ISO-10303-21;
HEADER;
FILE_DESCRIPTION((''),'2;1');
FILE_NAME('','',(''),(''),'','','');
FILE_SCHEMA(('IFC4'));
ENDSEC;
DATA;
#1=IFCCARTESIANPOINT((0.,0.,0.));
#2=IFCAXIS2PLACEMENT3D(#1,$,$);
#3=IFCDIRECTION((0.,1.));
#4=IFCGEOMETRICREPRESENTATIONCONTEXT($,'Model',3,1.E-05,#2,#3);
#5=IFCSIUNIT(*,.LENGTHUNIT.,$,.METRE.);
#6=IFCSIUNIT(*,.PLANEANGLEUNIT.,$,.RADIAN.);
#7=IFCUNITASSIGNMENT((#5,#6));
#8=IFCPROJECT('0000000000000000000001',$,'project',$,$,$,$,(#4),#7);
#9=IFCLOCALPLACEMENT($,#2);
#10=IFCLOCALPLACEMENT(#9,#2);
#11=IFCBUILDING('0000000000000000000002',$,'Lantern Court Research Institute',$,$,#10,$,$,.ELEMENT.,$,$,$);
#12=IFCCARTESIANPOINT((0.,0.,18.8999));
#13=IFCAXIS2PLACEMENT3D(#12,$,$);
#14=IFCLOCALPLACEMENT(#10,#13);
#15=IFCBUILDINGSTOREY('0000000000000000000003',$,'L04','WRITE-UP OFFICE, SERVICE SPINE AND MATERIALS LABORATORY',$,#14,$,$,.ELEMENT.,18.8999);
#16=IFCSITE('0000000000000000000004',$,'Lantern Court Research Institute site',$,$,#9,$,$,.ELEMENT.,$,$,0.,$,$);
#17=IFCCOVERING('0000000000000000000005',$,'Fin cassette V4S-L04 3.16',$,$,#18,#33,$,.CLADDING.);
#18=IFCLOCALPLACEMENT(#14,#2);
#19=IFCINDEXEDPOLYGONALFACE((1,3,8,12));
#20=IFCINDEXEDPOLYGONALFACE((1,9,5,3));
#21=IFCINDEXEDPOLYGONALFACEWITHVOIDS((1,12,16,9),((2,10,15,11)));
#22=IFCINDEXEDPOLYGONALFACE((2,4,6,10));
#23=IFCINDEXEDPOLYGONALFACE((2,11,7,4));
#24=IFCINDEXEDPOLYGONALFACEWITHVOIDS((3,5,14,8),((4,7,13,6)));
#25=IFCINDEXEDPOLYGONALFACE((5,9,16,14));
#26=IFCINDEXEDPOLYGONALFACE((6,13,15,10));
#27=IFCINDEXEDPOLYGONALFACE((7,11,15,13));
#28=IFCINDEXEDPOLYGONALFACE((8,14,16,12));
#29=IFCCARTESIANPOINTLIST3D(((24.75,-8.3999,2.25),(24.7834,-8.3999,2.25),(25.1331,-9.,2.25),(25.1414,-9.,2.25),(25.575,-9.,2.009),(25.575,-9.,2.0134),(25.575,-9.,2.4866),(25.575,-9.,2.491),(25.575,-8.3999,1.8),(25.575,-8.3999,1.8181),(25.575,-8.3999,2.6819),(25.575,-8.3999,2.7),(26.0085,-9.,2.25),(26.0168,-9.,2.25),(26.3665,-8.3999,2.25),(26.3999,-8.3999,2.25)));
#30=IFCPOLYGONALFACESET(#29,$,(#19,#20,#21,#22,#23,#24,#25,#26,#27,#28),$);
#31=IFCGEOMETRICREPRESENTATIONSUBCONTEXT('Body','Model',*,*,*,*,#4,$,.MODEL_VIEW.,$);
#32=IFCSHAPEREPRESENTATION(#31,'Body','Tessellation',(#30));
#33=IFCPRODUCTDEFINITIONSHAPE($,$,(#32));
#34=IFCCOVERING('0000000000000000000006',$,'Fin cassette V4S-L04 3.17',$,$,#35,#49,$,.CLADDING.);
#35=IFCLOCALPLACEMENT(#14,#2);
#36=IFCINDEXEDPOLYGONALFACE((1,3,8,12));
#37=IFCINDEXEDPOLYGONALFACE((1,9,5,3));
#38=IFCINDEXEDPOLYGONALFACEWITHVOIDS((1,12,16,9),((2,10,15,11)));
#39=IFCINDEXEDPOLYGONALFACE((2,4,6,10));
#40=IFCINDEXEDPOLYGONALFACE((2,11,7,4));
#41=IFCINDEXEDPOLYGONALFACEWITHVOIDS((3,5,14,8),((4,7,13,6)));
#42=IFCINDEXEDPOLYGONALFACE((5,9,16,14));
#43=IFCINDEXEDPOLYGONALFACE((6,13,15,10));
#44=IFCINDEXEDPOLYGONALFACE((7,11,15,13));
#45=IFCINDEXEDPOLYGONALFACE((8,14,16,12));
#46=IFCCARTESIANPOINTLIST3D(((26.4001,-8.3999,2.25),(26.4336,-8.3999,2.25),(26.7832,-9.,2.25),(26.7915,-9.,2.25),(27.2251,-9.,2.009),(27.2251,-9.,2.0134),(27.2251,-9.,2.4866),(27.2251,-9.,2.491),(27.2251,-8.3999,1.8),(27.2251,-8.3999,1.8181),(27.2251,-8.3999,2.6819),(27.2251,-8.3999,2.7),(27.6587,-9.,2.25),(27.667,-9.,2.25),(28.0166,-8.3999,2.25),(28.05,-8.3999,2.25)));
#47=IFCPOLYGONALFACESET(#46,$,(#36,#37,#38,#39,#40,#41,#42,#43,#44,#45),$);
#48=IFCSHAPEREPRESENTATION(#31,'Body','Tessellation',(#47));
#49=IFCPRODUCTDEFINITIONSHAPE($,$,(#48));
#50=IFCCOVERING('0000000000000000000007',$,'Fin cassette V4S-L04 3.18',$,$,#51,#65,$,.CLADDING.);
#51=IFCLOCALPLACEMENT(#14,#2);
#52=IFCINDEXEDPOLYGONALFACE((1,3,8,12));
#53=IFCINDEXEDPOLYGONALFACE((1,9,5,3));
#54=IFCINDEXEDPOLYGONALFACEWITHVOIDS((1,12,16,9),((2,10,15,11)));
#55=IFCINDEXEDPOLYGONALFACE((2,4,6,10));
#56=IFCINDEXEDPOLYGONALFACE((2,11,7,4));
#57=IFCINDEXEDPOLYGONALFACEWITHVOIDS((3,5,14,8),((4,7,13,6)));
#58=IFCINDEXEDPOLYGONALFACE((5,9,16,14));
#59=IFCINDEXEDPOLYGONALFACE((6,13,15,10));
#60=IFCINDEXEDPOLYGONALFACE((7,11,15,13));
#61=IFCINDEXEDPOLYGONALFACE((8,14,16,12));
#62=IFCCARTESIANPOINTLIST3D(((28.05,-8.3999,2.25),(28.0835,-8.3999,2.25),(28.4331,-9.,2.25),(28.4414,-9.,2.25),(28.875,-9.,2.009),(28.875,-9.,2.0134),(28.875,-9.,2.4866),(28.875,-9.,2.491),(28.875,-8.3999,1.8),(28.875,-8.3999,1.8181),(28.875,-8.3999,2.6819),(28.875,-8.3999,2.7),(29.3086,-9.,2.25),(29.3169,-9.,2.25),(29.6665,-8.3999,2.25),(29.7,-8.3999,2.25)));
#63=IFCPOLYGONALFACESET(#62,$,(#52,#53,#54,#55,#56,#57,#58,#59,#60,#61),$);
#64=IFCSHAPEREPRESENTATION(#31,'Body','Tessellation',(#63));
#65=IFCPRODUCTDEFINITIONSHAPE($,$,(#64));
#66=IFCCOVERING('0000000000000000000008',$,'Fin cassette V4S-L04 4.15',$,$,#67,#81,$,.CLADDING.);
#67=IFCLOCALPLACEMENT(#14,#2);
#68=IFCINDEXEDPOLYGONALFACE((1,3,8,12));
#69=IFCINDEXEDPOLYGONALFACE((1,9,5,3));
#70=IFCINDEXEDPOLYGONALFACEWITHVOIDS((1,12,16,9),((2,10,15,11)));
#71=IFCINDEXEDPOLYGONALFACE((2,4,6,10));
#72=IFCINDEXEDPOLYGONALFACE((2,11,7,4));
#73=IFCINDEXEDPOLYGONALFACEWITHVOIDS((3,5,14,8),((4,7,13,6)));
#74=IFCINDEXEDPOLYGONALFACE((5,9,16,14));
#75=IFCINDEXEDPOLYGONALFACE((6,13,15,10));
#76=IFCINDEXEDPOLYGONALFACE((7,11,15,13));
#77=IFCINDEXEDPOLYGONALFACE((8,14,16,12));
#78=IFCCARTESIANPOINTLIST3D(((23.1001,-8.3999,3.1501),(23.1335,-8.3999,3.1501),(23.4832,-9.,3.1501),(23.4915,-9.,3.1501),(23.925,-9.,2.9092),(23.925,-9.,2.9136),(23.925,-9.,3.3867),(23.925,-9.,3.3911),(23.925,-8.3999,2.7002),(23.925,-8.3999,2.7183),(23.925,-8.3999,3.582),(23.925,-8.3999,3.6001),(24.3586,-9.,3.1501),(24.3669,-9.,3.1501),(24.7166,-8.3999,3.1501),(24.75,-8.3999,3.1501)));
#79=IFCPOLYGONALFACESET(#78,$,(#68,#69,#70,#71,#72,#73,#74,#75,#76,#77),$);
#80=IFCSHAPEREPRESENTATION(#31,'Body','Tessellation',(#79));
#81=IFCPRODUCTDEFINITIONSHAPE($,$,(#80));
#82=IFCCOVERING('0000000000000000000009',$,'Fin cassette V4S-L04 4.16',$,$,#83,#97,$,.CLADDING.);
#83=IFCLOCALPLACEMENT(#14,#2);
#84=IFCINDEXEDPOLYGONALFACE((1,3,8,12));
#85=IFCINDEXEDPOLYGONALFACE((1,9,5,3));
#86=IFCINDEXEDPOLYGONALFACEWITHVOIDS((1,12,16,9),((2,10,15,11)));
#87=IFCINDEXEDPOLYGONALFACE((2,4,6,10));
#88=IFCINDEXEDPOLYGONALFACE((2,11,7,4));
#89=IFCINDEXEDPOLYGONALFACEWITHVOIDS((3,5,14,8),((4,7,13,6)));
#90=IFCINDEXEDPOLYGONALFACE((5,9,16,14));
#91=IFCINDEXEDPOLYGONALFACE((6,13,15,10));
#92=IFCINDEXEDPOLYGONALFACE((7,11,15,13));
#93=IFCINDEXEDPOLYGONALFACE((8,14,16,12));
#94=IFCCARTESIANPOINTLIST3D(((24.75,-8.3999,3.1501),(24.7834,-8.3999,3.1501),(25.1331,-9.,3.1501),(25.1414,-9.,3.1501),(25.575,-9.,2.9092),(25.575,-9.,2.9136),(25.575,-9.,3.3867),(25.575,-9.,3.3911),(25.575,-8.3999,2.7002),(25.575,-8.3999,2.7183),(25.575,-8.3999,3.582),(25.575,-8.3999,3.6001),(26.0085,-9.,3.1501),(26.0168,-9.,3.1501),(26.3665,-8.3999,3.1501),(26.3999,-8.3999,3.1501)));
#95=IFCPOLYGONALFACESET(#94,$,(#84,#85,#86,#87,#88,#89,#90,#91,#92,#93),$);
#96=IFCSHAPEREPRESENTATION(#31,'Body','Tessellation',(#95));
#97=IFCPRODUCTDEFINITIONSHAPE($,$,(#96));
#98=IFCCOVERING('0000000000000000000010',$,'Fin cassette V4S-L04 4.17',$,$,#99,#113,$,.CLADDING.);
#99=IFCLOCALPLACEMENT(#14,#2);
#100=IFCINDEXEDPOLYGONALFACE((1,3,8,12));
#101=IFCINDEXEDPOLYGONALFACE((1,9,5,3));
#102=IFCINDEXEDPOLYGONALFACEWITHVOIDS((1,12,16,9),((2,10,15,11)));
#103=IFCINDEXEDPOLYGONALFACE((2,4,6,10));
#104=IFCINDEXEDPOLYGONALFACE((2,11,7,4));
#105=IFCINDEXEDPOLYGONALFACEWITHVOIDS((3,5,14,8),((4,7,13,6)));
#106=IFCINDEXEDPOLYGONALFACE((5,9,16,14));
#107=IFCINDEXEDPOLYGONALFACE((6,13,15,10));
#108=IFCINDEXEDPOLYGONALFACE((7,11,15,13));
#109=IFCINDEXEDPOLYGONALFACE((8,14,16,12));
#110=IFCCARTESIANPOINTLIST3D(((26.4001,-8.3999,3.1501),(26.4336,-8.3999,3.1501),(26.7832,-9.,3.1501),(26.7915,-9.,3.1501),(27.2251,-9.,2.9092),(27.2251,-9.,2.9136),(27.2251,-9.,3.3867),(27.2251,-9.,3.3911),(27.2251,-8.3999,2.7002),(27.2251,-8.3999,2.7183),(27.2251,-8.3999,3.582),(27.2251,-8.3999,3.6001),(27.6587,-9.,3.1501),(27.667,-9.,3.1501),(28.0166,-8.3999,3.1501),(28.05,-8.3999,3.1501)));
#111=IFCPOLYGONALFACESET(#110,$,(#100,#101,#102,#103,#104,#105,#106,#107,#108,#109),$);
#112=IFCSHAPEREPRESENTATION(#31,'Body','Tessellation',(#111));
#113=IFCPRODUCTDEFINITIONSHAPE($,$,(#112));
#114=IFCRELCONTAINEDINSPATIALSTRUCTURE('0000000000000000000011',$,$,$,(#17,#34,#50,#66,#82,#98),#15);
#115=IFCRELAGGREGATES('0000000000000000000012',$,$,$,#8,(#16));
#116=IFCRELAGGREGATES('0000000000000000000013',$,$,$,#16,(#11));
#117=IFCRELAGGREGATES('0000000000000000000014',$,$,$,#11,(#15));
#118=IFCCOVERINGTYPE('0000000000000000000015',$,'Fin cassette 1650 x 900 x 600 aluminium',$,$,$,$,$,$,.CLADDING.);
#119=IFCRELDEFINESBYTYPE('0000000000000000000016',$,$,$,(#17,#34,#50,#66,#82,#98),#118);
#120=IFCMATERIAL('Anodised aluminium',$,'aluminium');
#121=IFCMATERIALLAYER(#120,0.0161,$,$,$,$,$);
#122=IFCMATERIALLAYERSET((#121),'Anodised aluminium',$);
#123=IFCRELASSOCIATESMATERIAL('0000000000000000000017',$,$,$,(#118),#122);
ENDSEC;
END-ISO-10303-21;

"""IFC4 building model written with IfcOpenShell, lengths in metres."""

from ifc_helpers import new_model, entity, si_unit, direction, frame, origin, place, context, subcontext, project, spatial, material, layer, layer_set, type_object, element, save


model = new_model("IFC4")

# Units and contexts
model_context = context("Model", 3, precision=1e-05, world=origin(), true_north=direction((0.0, 1.0)))
body_context = subcontext(model_context, "Body", "Model", "MODEL_VIEW")
ifc_project = project(units=[si_unit("LENGTHUNIT", "METRE"), si_unit("PLANEANGLEUNIT", "RADIAN")], contexts=[model_context])

# Site, building, storey
site_placement = place(None, origin())
site = spatial("IfcSite", under=ifc_project, at=site_placement, Name="Lantern Court Research Institute site", CompositionType="ELEMENT", RefElevation=0.0)
building_placement = place(site_placement, origin())
building = spatial("IfcBuilding", under=site, at=building_placement, Name="Lantern Court Research Institute", CompositionType="ELEMENT")
storey_placement = place(building_placement, frame((0.0, 0.0, 18.8999)))
storey = spatial("IfcBuildingStorey", under=building, at=storey_placement, Name="L04", Description="WRITE-UP OFFICE, SERVICE SPINE AND MATERIALS LABORATORY", CompositionType="ELEMENT", Elevation=18.8999)

# Coverings
ifc_material_1 = material(Name="Anodised aluminium", Category="aluminium")
ifc_layer_1 = layer(ifc_material_1, 0.0161)
ifc_layer_set_1 = layer_set([ifc_layer_1], Name="Anodised aluminium")
covering_type = type_object("IfcCoveringType", Name="Fin cassette 1650 x 900 x 600 aluminium", PredefinedType="CLADDING", material=ifc_layer_set_1)
covering_1_placement = place(storey_placement, frame((25.575, -8.3999, 2.25), z_axis=(0.0, -1.0, 0.0), x_axis=(1.0, 0.0, 0.0)))
cartesian_point_1 = entity("IfcCartesianPoint", [0.825, 0.0])
cartesian_point_2 = entity("IfcCartesianPoint", [0.7915, 0.0])
cartesian_point_3 = entity("IfcCartesianPoint", [0.4419, 0.0])
cartesian_point_4 = entity("IfcCartesianPoint", [0.4336, 0.0])
element("IfcCovering", 1, at=covering_1_placement, inside=storey, type_object=covering_type, Name="Fin cassette V4S-L04 3.16", PredefinedType="CLADDING", context=body_context, shape_type="SweptSolid", body=[
    entity("IfcExtrudedAreaSolidTapered", entity("IfcArbitraryProfileDefWithVoids", "AREA", None, entity("IfcPolyline", [cartesian_point_1, entity("IfcCartesianPoint", [0.0, 0.45]), entity("IfcCartesianPoint", [-0.825, 0.0]), entity("IfcCartesianPoint", [0.0, -0.45]), cartesian_point_1]), [entity("IfcPolyline", [cartesian_point_2, entity("IfcCartesianPoint", [0.0, 0.4319]), entity("IfcCartesianPoint", [-0.7915, 0.0]), entity("IfcCartesianPoint", [0.0, -0.4319]), cartesian_point_2])]), entity("IfcAxis2Placement3D", entity("IfcCartesianPoint", [0.0, 0.0, 0.0])), entity("IfcDirection", [0.0, 0.0, 1.0]), 0.6001, entity("IfcArbitraryProfileDefWithVoids", "AREA", None, entity("IfcPolyline", [cartesian_point_3, entity("IfcCartesianPoint", [0.0, 0.241]), entity("IfcCartesianPoint", [-0.4419, 0.0]), entity("IfcCartesianPoint", [0.0, -0.241]), cartesian_point_3]), [entity("IfcPolyline", [cartesian_point_4, entity("IfcCartesianPoint", [0.0, 0.2366]), entity("IfcCartesianPoint", [-0.4336, 0.0]), entity("IfcCartesianPoint", [0.0, -0.2366]), cartesian_point_4])])),
])
covering_2_placement = place(storey_placement, frame((27.2251, -8.3999, 2.25), z_axis=(0.0, -1.0, 0.0), x_axis=(1.0, 0.0, 0.0)))
cartesian_point_5 = entity("IfcCartesianPoint", [0.825, 0.0])
cartesian_point_6 = entity("IfcCartesianPoint", [0.7915, 0.0])
cartesian_point_7 = entity("IfcCartesianPoint", [0.4419, 0.0])
cartesian_point_8 = entity("IfcCartesianPoint", [0.4336, 0.0])
element("IfcCovering", 2, at=covering_2_placement, inside=storey, type_object=covering_type, Name="Fin cassette V4S-L04 3.17", PredefinedType="CLADDING", context=body_context, shape_type="SweptSolid", body=[
    entity("IfcExtrudedAreaSolidTapered", entity("IfcArbitraryProfileDefWithVoids", "AREA", None, entity("IfcPolyline", [cartesian_point_5, entity("IfcCartesianPoint", [0.0, 0.45]), entity("IfcCartesianPoint", [-0.825, 0.0]), entity("IfcCartesianPoint", [0.0, -0.45]), cartesian_point_5]), [entity("IfcPolyline", [cartesian_point_6, entity("IfcCartesianPoint", [0.0, 0.4319]), entity("IfcCartesianPoint", [-0.7915, 0.0]), entity("IfcCartesianPoint", [0.0, -0.4319]), cartesian_point_6])]), entity("IfcAxis2Placement3D", entity("IfcCartesianPoint", [0.0, 0.0, 0.0])), entity("IfcDirection", [0.0, 0.0, 1.0]), 0.6001, entity("IfcArbitraryProfileDefWithVoids", "AREA", None, entity("IfcPolyline", [cartesian_point_7, entity("IfcCartesianPoint", [0.0, 0.241]), entity("IfcCartesianPoint", [-0.4419, 0.0]), entity("IfcCartesianPoint", [0.0, -0.241]), cartesian_point_7]), [entity("IfcPolyline", [cartesian_point_8, entity("IfcCartesianPoint", [0.0, 0.2366]), entity("IfcCartesianPoint", [-0.4336, 0.0]), entity("IfcCartesianPoint", [0.0, -0.2366]), cartesian_point_8])])),
])
covering_3_placement = place(storey_placement, frame((28.875, -8.3999, 2.25), z_axis=(0.0, -1.0, 0.0), x_axis=(1.0, 0.0, 0.0)))
cartesian_point_9 = entity("IfcCartesianPoint", [0.825, 0.0])
cartesian_point_10 = entity("IfcCartesianPoint", [0.7915, 0.0])
cartesian_point_11 = entity("IfcCartesianPoint", [0.4419, 0.0])
cartesian_point_12 = entity("IfcCartesianPoint", [0.4336, 0.0])
element("IfcCovering", 3, at=covering_3_placement, inside=storey, type_object=covering_type, Name="Fin cassette V4S-L04 3.18", PredefinedType="CLADDING", context=body_context, shape_type="SweptSolid", body=[
    entity("IfcExtrudedAreaSolidTapered", entity("IfcArbitraryProfileDefWithVoids", "AREA", None, entity("IfcPolyline", [cartesian_point_9, entity("IfcCartesianPoint", [0.0, 0.45]), entity("IfcCartesianPoint", [-0.825, 0.0]), entity("IfcCartesianPoint", [0.0, -0.45]), cartesian_point_9]), [entity("IfcPolyline", [cartesian_point_10, entity("IfcCartesianPoint", [0.0, 0.4319]), entity("IfcCartesianPoint", [-0.7915, 0.0]), entity("IfcCartesianPoint", [0.0, -0.4319]), cartesian_point_10])]), entity("IfcAxis2Placement3D", entity("IfcCartesianPoint", [0.0, 0.0, 0.0])), entity("IfcDirection", [0.0, 0.0, 1.0]), 0.6001, entity("IfcArbitraryProfileDefWithVoids", "AREA", None, entity("IfcPolyline", [cartesian_point_11, entity("IfcCartesianPoint", [0.0, 0.241]), entity("IfcCartesianPoint", [-0.4419, 0.0]), entity("IfcCartesianPoint", [0.0, -0.241]), cartesian_point_11]), [entity("IfcPolyline", [cartesian_point_12, entity("IfcCartesianPoint", [0.0, 0.2366]), entity("IfcCartesianPoint", [-0.4336, 0.0]), entity("IfcCartesianPoint", [0.0, -0.2366]), cartesian_point_12])])),
])
covering_4_placement = place(storey_placement, frame((23.925, -8.3999, 3.1501), z_axis=(0.0, -1.0, 0.0), x_axis=(1.0, 0.0, 0.0)))
cartesian_point_13 = entity("IfcCartesianPoint", [0.825, 0.0])
cartesian_point_14 = entity("IfcCartesianPoint", [0.7915, 0.0])
cartesian_point_15 = entity("IfcCartesianPoint", [0.4419, 0.0])
cartesian_point_16 = entity("IfcCartesianPoint", [0.4336, 0.0])
element("IfcCovering", 4, at=covering_4_placement, inside=storey, type_object=covering_type, Name="Fin cassette V4S-L04 4.15", PredefinedType="CLADDING", context=body_context, shape_type="SweptSolid", body=[
    entity("IfcExtrudedAreaSolidTapered", entity("IfcArbitraryProfileDefWithVoids", "AREA", None, entity("IfcPolyline", [cartesian_point_13, entity("IfcCartesianPoint", [0.0, 0.45]), entity("IfcCartesianPoint", [-0.825, 0.0]), entity("IfcCartesianPoint", [0.0, -0.45]), cartesian_point_13]), [entity("IfcPolyline", [cartesian_point_14, entity("IfcCartesianPoint", [0.0, 0.4319]), entity("IfcCartesianPoint", [-0.7915, 0.0]), entity("IfcCartesianPoint", [0.0, -0.4319]), cartesian_point_14])]), entity("IfcAxis2Placement3D", entity("IfcCartesianPoint", [0.0, 0.0, 0.0])), entity("IfcDirection", [0.0, 0.0, 1.0]), 0.6001, entity("IfcArbitraryProfileDefWithVoids", "AREA", None, entity("IfcPolyline", [cartesian_point_15, entity("IfcCartesianPoint", [0.0, 0.241]), entity("IfcCartesianPoint", [-0.4419, 0.0]), entity("IfcCartesianPoint", [0.0, -0.241]), cartesian_point_15]), [entity("IfcPolyline", [cartesian_point_16, entity("IfcCartesianPoint", [0.0, 0.2366]), entity("IfcCartesianPoint", [-0.4336, 0.0]), entity("IfcCartesianPoint", [0.0, -0.2366]), cartesian_point_16])])),
])
covering_5_placement = place(storey_placement, frame((25.575, -8.3999, 3.1501), z_axis=(0.0, -1.0, 0.0), x_axis=(1.0, 0.0, 0.0)))
cartesian_point_17 = entity("IfcCartesianPoint", [0.825, 0.0])
cartesian_point_18 = entity("IfcCartesianPoint", [0.7915, 0.0])
cartesian_point_19 = entity("IfcCartesianPoint", [0.4419, 0.0])
cartesian_point_20 = entity("IfcCartesianPoint", [0.4336, 0.0])
element("IfcCovering", 5, at=covering_5_placement, inside=storey, type_object=covering_type, Name="Fin cassette V4S-L04 4.16", PredefinedType="CLADDING", context=body_context, shape_type="SweptSolid", body=[
    entity("IfcExtrudedAreaSolidTapered", entity("IfcArbitraryProfileDefWithVoids", "AREA", None, entity("IfcPolyline", [cartesian_point_17, entity("IfcCartesianPoint", [0.0, 0.45]), entity("IfcCartesianPoint", [-0.825, 0.0]), entity("IfcCartesianPoint", [0.0, -0.45]), cartesian_point_17]), [entity("IfcPolyline", [cartesian_point_18, entity("IfcCartesianPoint", [0.0, 0.4319]), entity("IfcCartesianPoint", [-0.7915, 0.0]), entity("IfcCartesianPoint", [0.0, -0.4319]), cartesian_point_18])]), entity("IfcAxis2Placement3D", entity("IfcCartesianPoint", [0.0, 0.0, 0.0])), entity("IfcDirection", [0.0, 0.0, 1.0]), 0.6001, entity("IfcArbitraryProfileDefWithVoids", "AREA", None, entity("IfcPolyline", [cartesian_point_19, entity("IfcCartesianPoint", [0.0, 0.241]), entity("IfcCartesianPoint", [-0.4419, 0.0]), entity("IfcCartesianPoint", [0.0, -0.241]), cartesian_point_19]), [entity("IfcPolyline", [cartesian_point_20, entity("IfcCartesianPoint", [0.0, 0.2366]), entity("IfcCartesianPoint", [-0.4336, 0.0]), entity("IfcCartesianPoint", [0.0, -0.2366]), cartesian_point_20])])),
])
covering_6_placement = place(storey_placement, frame((27.2251, -8.3999, 3.1501), z_axis=(0.0, -1.0, 0.0), x_axis=(1.0, 0.0, 0.0)))
cartesian_point_21 = entity("IfcCartesianPoint", [0.825, 0.0])
cartesian_point_22 = entity("IfcCartesianPoint", [0.7915, 0.0])
cartesian_point_23 = entity("IfcCartesianPoint", [0.4419, 0.0])
cartesian_point_24 = entity("IfcCartesianPoint", [0.4336, 0.0])
element("IfcCovering", 6, at=covering_6_placement, inside=storey, type_object=covering_type, Name="Fin cassette V4S-L04 4.17", PredefinedType="CLADDING", context=body_context, shape_type="SweptSolid", body=[
    entity("IfcExtrudedAreaSolidTapered", entity("IfcArbitraryProfileDefWithVoids", "AREA", None, entity("IfcPolyline", [cartesian_point_21, entity("IfcCartesianPoint", [0.0, 0.45]), entity("IfcCartesianPoint", [-0.825, 0.0]), entity("IfcCartesianPoint", [0.0, -0.45]), cartesian_point_21]), [entity("IfcPolyline", [cartesian_point_22, entity("IfcCartesianPoint", [0.0, 0.4319]), entity("IfcCartesianPoint", [-0.7915, 0.0]), entity("IfcCartesianPoint", [0.0, -0.4319]), cartesian_point_22])]), entity("IfcAxis2Placement3D", entity("IfcCartesianPoint", [0.0, 0.0, 0.0])), entity("IfcDirection", [0.0, 0.0, 1.0]), 0.6001, entity("IfcArbitraryProfileDefWithVoids", "AREA", None, entity("IfcPolyline", [cartesian_point_23, entity("IfcCartesianPoint", [0.0, 0.241]), entity("IfcCartesianPoint", [-0.4419, 0.0]), entity("IfcCartesianPoint", [0.0, -0.241]), cartesian_point_23]), [entity("IfcPolyline", [cartesian_point_24, entity("IfcCartesianPoint", [0.0, 0.2366]), entity("IfcCartesianPoint", [-0.4336, 0.0]), entity("IfcCartesianPoint", [0.0, -0.2366]), cartesian_point_24])])),
])

save(model, "model.ifc")
